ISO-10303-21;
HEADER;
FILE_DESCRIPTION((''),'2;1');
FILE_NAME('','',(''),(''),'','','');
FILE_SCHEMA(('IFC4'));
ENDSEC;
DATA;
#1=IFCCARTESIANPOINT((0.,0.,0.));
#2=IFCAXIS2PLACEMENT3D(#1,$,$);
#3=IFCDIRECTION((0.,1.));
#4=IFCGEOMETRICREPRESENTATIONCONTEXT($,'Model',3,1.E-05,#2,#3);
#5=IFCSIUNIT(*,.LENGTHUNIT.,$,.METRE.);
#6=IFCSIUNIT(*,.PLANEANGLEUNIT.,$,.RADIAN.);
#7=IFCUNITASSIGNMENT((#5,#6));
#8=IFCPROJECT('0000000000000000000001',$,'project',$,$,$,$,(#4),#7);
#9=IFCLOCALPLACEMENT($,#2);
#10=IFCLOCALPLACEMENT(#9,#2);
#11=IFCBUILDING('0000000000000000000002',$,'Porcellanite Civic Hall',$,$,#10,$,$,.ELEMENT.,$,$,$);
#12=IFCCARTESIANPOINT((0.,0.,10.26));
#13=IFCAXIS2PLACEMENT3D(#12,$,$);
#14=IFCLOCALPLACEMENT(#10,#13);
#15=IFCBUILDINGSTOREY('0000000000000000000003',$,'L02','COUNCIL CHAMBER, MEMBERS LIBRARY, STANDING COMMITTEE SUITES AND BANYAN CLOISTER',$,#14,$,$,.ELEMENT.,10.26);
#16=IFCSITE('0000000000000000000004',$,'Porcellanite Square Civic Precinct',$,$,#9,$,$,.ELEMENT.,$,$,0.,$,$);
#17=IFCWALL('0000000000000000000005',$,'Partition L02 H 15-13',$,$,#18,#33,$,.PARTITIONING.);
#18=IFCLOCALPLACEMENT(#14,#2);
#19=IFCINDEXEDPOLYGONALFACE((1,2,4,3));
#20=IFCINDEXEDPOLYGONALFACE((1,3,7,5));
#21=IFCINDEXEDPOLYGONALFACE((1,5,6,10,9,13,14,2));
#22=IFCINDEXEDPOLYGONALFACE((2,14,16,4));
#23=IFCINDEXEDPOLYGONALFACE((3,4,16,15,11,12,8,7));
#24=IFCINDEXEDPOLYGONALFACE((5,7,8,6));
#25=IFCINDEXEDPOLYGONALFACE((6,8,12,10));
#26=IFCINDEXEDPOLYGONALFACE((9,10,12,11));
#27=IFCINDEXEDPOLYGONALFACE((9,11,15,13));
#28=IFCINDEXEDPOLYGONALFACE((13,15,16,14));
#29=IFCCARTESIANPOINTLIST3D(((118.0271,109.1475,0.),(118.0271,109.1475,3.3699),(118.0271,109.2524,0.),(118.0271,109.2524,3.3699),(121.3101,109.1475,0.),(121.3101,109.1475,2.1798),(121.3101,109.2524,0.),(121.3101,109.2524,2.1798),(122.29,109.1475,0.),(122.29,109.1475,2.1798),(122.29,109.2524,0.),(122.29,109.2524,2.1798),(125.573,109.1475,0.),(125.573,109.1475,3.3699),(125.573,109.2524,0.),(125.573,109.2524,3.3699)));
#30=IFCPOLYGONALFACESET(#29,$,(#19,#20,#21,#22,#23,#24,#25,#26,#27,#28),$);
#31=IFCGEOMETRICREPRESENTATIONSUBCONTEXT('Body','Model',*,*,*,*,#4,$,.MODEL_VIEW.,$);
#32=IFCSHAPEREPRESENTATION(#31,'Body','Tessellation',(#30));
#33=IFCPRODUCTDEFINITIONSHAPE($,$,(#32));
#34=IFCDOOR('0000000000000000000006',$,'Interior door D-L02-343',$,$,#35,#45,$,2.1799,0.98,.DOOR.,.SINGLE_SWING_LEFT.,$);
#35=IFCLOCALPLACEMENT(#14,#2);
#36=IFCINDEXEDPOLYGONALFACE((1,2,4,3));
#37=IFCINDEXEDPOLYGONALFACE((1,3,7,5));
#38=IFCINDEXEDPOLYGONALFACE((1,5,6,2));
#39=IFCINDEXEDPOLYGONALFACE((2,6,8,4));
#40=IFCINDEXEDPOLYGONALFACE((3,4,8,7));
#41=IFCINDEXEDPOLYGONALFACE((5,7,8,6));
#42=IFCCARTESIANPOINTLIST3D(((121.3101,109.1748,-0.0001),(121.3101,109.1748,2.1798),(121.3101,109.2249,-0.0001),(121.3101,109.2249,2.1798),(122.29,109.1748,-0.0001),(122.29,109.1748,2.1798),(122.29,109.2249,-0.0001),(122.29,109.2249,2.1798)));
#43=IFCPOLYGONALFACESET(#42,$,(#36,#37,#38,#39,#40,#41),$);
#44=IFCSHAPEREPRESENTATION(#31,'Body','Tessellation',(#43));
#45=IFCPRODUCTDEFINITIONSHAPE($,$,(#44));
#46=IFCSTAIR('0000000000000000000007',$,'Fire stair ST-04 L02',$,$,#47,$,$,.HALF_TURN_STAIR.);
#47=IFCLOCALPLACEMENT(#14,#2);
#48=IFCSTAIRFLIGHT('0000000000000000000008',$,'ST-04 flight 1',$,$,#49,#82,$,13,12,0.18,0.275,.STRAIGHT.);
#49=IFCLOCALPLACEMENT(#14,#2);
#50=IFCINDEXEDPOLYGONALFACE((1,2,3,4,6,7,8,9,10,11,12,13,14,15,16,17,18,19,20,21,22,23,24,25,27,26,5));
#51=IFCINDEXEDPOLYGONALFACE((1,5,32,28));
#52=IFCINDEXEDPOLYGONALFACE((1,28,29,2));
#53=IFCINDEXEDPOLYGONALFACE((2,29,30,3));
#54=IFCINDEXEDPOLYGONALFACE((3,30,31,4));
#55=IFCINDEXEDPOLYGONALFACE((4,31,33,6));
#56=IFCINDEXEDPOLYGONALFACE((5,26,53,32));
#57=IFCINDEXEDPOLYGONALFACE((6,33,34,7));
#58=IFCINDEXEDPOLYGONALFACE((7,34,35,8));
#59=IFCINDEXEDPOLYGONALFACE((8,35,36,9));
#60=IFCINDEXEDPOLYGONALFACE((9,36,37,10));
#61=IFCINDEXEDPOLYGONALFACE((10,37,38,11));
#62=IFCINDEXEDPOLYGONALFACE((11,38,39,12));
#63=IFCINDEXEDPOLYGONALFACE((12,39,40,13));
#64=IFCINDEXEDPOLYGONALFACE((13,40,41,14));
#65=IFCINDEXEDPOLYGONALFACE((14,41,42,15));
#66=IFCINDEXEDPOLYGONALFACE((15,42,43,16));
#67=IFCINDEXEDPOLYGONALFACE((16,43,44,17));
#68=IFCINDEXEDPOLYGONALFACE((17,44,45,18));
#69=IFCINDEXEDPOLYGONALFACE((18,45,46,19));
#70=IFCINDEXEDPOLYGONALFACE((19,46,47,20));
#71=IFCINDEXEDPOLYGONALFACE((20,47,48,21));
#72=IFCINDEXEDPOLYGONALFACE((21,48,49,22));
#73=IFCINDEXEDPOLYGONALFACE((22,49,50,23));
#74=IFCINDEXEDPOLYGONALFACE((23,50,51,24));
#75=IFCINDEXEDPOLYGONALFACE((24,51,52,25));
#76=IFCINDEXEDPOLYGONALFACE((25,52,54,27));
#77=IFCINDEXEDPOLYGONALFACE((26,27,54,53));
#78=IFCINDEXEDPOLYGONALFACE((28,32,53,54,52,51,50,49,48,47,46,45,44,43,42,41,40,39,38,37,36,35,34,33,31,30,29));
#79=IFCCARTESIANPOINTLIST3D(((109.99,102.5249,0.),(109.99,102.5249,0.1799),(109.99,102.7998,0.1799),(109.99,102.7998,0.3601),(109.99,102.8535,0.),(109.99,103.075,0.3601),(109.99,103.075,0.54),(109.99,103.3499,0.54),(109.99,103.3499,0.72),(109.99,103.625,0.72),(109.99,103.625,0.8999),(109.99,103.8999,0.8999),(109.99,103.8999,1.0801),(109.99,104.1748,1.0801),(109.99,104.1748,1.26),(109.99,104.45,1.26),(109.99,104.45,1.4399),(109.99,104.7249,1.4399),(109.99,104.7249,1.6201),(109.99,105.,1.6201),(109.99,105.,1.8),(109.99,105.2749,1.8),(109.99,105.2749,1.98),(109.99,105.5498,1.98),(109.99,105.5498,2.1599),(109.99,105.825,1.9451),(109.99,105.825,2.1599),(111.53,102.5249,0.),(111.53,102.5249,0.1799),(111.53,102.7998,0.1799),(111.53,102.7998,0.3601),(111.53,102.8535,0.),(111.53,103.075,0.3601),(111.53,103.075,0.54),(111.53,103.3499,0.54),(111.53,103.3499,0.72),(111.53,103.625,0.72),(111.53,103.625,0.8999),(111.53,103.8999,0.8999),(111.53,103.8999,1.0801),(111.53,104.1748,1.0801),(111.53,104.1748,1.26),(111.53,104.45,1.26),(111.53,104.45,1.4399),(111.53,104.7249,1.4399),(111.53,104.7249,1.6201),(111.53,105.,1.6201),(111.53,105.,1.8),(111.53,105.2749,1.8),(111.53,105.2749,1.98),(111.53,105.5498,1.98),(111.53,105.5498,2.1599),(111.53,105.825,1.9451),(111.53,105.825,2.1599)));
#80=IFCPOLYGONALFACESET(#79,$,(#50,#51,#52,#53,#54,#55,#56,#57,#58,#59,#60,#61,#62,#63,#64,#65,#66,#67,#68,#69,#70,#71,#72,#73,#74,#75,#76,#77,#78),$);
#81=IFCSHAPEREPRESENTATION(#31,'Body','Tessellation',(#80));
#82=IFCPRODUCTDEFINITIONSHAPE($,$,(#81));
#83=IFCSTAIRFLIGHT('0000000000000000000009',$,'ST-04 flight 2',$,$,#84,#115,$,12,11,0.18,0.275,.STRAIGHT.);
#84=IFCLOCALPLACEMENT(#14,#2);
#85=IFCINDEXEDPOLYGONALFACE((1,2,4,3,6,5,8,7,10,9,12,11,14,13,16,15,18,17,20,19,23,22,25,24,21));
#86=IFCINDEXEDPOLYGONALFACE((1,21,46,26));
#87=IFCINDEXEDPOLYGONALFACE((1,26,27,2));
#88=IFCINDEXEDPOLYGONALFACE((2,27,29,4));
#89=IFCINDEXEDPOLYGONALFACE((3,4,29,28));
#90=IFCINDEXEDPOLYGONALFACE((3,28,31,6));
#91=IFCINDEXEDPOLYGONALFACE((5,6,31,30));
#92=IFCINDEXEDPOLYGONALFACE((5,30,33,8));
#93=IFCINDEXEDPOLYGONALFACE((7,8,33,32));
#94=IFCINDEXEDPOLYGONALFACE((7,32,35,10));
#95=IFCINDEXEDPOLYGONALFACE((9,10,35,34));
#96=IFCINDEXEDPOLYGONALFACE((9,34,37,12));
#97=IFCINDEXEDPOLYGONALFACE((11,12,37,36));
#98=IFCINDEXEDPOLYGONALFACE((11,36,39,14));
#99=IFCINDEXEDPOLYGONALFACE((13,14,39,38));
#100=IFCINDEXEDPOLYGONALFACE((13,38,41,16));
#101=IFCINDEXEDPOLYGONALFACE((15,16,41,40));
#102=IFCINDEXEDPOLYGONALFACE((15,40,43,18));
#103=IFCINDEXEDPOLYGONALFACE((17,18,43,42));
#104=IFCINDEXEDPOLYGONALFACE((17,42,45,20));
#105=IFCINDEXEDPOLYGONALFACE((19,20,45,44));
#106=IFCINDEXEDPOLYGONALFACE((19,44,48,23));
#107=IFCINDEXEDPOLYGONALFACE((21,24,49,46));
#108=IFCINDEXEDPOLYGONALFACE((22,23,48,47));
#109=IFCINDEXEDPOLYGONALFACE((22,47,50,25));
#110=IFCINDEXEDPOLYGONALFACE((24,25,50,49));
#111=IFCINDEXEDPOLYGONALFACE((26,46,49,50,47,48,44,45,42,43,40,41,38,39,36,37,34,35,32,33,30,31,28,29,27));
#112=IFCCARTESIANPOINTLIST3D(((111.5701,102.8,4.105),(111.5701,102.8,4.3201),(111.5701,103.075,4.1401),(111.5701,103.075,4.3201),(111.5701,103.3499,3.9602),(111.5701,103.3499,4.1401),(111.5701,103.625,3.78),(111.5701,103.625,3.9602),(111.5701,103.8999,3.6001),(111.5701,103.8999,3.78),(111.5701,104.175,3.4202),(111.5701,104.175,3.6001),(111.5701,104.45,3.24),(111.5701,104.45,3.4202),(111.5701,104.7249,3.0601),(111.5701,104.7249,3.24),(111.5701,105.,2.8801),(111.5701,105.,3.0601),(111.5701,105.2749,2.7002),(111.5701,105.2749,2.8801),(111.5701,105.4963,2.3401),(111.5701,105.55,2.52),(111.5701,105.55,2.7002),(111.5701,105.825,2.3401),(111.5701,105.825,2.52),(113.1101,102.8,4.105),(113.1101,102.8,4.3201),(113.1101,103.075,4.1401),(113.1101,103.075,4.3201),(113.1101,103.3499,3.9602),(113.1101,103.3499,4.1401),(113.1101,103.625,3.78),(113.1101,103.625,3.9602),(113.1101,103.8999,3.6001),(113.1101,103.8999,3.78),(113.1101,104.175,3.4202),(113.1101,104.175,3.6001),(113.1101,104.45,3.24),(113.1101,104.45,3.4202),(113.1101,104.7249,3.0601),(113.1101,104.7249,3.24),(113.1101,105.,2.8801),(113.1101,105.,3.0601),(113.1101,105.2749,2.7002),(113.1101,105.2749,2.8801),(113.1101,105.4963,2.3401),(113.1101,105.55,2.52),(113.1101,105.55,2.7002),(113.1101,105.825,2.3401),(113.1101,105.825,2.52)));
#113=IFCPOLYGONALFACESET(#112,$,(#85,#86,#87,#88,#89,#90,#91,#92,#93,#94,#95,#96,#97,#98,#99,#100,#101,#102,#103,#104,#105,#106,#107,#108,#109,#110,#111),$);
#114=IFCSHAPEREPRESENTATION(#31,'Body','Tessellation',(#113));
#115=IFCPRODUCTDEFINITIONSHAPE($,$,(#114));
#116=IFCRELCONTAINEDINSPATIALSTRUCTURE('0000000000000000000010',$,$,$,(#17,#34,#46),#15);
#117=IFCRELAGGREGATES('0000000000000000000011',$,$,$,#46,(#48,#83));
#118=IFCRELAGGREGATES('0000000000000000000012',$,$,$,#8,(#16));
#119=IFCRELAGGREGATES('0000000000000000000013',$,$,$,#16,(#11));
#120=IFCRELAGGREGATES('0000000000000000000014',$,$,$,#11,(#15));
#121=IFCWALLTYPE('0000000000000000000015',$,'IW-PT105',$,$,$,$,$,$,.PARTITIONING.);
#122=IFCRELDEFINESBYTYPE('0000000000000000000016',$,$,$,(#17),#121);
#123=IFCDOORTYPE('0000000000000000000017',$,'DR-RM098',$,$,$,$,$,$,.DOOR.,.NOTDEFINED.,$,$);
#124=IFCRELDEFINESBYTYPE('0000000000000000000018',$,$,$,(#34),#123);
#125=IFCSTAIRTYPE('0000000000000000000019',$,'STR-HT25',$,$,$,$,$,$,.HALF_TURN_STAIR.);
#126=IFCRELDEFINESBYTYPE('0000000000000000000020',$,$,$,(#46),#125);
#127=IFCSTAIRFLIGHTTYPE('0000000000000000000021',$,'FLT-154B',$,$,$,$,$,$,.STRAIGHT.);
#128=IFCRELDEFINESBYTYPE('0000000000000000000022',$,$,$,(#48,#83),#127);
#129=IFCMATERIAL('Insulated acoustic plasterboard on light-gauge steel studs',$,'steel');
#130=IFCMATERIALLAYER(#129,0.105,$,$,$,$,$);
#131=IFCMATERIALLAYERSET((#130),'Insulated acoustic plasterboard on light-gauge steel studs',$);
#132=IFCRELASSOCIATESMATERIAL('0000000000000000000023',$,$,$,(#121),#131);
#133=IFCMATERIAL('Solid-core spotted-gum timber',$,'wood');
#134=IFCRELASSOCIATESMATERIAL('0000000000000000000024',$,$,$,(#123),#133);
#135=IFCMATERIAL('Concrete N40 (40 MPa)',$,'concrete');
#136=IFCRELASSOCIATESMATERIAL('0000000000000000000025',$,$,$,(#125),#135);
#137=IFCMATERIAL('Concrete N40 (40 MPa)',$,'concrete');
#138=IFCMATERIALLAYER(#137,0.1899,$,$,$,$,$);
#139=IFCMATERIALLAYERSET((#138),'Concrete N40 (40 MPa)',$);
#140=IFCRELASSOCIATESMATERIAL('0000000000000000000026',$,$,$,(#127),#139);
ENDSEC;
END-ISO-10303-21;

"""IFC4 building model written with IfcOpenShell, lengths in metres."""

from ifc_helpers import new_model, si_unit, direction, frame, frame_2d, origin, place, context, subcontext, project, spatial, polyline, rectangle, outline, extrude, material, layer, layer_set, type_object, element, fill, aggregate, save


model = new_model("IFC4")

# Units and contexts
model_context = context("Model", 3, precision=1e-05, world=origin(), true_north=direction((0.0, 1.0)))
body_context = subcontext(model_context, "Body", "Model", "MODEL_VIEW")
ifc_project = project(units=[si_unit("LENGTHUNIT", "METRE"), si_unit("PLANEANGLEUNIT", "RADIAN")], contexts=[model_context])

# Site, building, storey
site_placement = place(None, origin())
site = spatial("IfcSite", under=ifc_project, at=site_placement, Name="Porcellanite Square Civic Precinct", CompositionType="ELEMENT", RefElevation=0.0)
building_placement = place(site_placement, origin())
building = spatial("IfcBuilding", under=site, at=building_placement, Name="Porcellanite Civic Hall", CompositionType="ELEMENT")
storey_placement = place(building_placement, frame((0.0, 0.0, 10.26)))
storey = spatial("IfcBuildingStorey", under=building, at=storey_placement, Name="L02", Description="COUNCIL CHAMBER, MEMBERS LIBRARY, STANDING COMMITTEE SUITES AND BANYAN CLOISTER", CompositionType="ELEMENT", Elevation=10.26)

# Wall, opening, door
ifc_material_1 = material(Name="Insulated acoustic plasterboard on light-gauge steel studs", Category="steel")
ifc_layer_1 = layer(ifc_material_1, 0.105)
ifc_layer_set_1 = layer_set([ifc_layer_1], Name="Insulated acoustic plasterboard on light-gauge steel studs")
wall_type_1 = type_object("IfcWallType", Name="IW-PT105", PredefinedType="PARTITIONING", material=ifc_layer_set_1)
wall_1_placement = place(storey_placement, frame((118.0271, 109.2, 0.0), z_axis=(0.0, 0.0, 1.0), x_axis=(1.0, 0.0, 0.0)))
wall_1 = element("IfcWall", 1, at=wall_1_placement, inside=storey, type_object=wall_type_1, Name="Partition L02 H 15-13", PredefinedType="PARTITIONING", context=body_context, shape_type="SweptSolid", body=[
    extrude(rectangle(XDim=7.5459, YDim=0.105, at=frame_2d((3.7729, 0.0))), origin(), (0.0, 0.0, 1.0), 3.3699),
])
opening_1_placement = place(wall_1_placement, frame((3.283, 0.0, 0.0)))
opening_1 = element("IfcOpeningElement", 2, at=opening_1_placement, cuts=wall_1, PredefinedType="OPENING", context=body_context, shape_type="SweptSolid", body=[
    extrude(rectangle(XDim=0.98, YDim=2.1799, at=frame_2d((0.49, 1.0898))), frame((0.0, 0.0525, 0.0), z_axis=(0.0, -1.0, 0.0), x_axis=(1.0, 0.0, 0.0)), (0.0, 0.0, 1.0), 0.105),
])
ifc_material_2 = material(Name="Solid-core spotted-gum timber", Category="wood")
door_type_1 = type_object("IfcDoorType", Name="DR-RM098", OperationType="NOTDEFINED", PredefinedType="DOOR", material=ifc_material_2)
door_1_placement = place(opening_1_placement, origin())
door_1 = element("IfcDoor", 3, at=door_1_placement, inside=storey, type_object=door_type_1, Name="Interior door D-L02-343", OperationType="SINGLE_SWING_LEFT", OverallHeight=2.1799, OverallWidth=0.98, PredefinedType="DOOR", context=body_context, shape_type="SweptSolid", body=[
    extrude(rectangle(XDim=0.98, YDim=2.1799, at=frame_2d((0.49, 1.0898))), frame((0.0, 0.0249, 0.0), z_axis=(0.0, -1.0, 0.0), x_axis=(1.0, 0.0, 0.0)), (0.0, 0.0, 1.0), 0.05),
])
fill(opening_1, door_1)

# Stair, stair flights
ifc_material_3 = material(Name="Concrete N40 (40 MPa)", Category="concrete")
stair_type = type_object("IfcStairType", Name="STR-HT25", PredefinedType="HALF_TURN_STAIR", material=ifc_material_3)
stair_placement = place(storey_placement, origin())
stair = element("IfcStair", 4, at=stair_placement, inside=storey, type_object=stair_type, Name="Fire stair ST-04 L02", PredefinedType="HALF_TURN_STAIR")
ifc_material_4 = material(Name="Concrete N40 (40 MPa)", Category="concrete")
ifc_layer_2 = layer(ifc_material_4, 0.1899)
ifc_layer_set_2 = layer_set([ifc_layer_2], Name="Concrete N40 (40 MPa)")
stair_flight_type = type_object("IfcStairFlightType", Name="FLT-154B", PredefinedType="STRAIGHT", material=ifc_layer_set_2)
stair_flight_1_placement = place(storey_placement, frame((110.76, 102.5249, 0.0), z_axis=(0.0, 0.0, 1.0), x_axis=(0.0, 1.0, 0.0)))
stair_flight_1 = element("IfcStairFlight", 5, at=stair_flight_1_placement, type_object=stair_flight_type, Name="ST-04 flight 1", NumberOfRisers=13, NumberOfTreads=12, PredefinedType="STRAIGHT", RiserHeight=0.18, TreadLength=0.275, context=body_context, shape_type="SweptSolid", body=[
    extrude(outline(polyline([(0.0, 0.0), (0.0, 0.1799), (0.2749, 0.1799), (0.2749, 0.3601), (0.55, 0.3601), (0.55, 0.54), (0.825, 0.54), (0.825, 0.72), (1.1001, 0.72), (1.1001, 0.8999), (1.375, 0.8999), (1.375, 1.0801), (1.6499, 1.0801), (1.6499, 1.26), (1.925, 1.26), (1.925, 1.4399), (2.2, 1.4399), (2.2, 1.6201), (2.4751, 1.6201), (2.4751, 1.8), (2.75, 1.8), (2.75, 1.98), (3.0249, 1.98), (3.0249, 2.1599), (3.3, 2.1599), (3.3, 2.3401), (3.3, 1.9451), (0.3286, 0.0), (0.0, 0.0)])), frame((0.0, 0.77, 0.0), z_axis=(0.0, -1.0, 0.0), x_axis=(1.0, 0.0, 0.0)), (0.0, 0.0, 1.0), 1.54),
])
stair_flight_2_placement = place(storey_placement, frame((112.3401, 105.825, 2.3401), z_axis=(0.0, 0.0, 1.0), x_axis=(0.0, -1.0, 0.0)))
stair_flight_2 = element("IfcStairFlight", 6, at=stair_flight_2_placement, type_object=stair_flight_type, Name="ST-04 flight 2", NumberOfRisers=12, NumberOfTreads=11, PredefinedType="STRAIGHT", RiserHeight=0.18, TreadLength=0.275, context=body_context, shape_type="SweptSolid", body=[
    extrude(outline(polyline([(0.0, 0.0), (0.0, 0.1799), (0.2749, 0.1799), (0.2749, 0.3601), (0.55, 0.3601), (0.55, 0.54), (0.825, 0.54), (0.825, 0.72), (1.1001, 0.72), (1.1001, 0.8999), (1.375, 0.8999), (1.375, 1.0801), (1.6499, 1.0801), (1.6499, 1.26), (1.925, 1.26), (1.925, 1.4399), (2.2, 1.4399), (2.2, 1.6201), (2.4751, 1.6201), (2.4751, 1.8), (2.75, 1.8), (2.75, 1.98), (3.0249, 1.98), (3.0249, 2.1599), (3.0249, 1.7649), (0.3286, 0.0), (0.0, 0.0)])), frame((0.0, 0.77, 0.0), z_axis=(0.0, -1.0, 0.0), x_axis=(1.0, 0.0, 0.0)), (0.0, 0.0, 1.0), 1.54),
])
aggregate(stair, [stair_flight_1, stair_flight_2])

save(model, "model.ifc")
